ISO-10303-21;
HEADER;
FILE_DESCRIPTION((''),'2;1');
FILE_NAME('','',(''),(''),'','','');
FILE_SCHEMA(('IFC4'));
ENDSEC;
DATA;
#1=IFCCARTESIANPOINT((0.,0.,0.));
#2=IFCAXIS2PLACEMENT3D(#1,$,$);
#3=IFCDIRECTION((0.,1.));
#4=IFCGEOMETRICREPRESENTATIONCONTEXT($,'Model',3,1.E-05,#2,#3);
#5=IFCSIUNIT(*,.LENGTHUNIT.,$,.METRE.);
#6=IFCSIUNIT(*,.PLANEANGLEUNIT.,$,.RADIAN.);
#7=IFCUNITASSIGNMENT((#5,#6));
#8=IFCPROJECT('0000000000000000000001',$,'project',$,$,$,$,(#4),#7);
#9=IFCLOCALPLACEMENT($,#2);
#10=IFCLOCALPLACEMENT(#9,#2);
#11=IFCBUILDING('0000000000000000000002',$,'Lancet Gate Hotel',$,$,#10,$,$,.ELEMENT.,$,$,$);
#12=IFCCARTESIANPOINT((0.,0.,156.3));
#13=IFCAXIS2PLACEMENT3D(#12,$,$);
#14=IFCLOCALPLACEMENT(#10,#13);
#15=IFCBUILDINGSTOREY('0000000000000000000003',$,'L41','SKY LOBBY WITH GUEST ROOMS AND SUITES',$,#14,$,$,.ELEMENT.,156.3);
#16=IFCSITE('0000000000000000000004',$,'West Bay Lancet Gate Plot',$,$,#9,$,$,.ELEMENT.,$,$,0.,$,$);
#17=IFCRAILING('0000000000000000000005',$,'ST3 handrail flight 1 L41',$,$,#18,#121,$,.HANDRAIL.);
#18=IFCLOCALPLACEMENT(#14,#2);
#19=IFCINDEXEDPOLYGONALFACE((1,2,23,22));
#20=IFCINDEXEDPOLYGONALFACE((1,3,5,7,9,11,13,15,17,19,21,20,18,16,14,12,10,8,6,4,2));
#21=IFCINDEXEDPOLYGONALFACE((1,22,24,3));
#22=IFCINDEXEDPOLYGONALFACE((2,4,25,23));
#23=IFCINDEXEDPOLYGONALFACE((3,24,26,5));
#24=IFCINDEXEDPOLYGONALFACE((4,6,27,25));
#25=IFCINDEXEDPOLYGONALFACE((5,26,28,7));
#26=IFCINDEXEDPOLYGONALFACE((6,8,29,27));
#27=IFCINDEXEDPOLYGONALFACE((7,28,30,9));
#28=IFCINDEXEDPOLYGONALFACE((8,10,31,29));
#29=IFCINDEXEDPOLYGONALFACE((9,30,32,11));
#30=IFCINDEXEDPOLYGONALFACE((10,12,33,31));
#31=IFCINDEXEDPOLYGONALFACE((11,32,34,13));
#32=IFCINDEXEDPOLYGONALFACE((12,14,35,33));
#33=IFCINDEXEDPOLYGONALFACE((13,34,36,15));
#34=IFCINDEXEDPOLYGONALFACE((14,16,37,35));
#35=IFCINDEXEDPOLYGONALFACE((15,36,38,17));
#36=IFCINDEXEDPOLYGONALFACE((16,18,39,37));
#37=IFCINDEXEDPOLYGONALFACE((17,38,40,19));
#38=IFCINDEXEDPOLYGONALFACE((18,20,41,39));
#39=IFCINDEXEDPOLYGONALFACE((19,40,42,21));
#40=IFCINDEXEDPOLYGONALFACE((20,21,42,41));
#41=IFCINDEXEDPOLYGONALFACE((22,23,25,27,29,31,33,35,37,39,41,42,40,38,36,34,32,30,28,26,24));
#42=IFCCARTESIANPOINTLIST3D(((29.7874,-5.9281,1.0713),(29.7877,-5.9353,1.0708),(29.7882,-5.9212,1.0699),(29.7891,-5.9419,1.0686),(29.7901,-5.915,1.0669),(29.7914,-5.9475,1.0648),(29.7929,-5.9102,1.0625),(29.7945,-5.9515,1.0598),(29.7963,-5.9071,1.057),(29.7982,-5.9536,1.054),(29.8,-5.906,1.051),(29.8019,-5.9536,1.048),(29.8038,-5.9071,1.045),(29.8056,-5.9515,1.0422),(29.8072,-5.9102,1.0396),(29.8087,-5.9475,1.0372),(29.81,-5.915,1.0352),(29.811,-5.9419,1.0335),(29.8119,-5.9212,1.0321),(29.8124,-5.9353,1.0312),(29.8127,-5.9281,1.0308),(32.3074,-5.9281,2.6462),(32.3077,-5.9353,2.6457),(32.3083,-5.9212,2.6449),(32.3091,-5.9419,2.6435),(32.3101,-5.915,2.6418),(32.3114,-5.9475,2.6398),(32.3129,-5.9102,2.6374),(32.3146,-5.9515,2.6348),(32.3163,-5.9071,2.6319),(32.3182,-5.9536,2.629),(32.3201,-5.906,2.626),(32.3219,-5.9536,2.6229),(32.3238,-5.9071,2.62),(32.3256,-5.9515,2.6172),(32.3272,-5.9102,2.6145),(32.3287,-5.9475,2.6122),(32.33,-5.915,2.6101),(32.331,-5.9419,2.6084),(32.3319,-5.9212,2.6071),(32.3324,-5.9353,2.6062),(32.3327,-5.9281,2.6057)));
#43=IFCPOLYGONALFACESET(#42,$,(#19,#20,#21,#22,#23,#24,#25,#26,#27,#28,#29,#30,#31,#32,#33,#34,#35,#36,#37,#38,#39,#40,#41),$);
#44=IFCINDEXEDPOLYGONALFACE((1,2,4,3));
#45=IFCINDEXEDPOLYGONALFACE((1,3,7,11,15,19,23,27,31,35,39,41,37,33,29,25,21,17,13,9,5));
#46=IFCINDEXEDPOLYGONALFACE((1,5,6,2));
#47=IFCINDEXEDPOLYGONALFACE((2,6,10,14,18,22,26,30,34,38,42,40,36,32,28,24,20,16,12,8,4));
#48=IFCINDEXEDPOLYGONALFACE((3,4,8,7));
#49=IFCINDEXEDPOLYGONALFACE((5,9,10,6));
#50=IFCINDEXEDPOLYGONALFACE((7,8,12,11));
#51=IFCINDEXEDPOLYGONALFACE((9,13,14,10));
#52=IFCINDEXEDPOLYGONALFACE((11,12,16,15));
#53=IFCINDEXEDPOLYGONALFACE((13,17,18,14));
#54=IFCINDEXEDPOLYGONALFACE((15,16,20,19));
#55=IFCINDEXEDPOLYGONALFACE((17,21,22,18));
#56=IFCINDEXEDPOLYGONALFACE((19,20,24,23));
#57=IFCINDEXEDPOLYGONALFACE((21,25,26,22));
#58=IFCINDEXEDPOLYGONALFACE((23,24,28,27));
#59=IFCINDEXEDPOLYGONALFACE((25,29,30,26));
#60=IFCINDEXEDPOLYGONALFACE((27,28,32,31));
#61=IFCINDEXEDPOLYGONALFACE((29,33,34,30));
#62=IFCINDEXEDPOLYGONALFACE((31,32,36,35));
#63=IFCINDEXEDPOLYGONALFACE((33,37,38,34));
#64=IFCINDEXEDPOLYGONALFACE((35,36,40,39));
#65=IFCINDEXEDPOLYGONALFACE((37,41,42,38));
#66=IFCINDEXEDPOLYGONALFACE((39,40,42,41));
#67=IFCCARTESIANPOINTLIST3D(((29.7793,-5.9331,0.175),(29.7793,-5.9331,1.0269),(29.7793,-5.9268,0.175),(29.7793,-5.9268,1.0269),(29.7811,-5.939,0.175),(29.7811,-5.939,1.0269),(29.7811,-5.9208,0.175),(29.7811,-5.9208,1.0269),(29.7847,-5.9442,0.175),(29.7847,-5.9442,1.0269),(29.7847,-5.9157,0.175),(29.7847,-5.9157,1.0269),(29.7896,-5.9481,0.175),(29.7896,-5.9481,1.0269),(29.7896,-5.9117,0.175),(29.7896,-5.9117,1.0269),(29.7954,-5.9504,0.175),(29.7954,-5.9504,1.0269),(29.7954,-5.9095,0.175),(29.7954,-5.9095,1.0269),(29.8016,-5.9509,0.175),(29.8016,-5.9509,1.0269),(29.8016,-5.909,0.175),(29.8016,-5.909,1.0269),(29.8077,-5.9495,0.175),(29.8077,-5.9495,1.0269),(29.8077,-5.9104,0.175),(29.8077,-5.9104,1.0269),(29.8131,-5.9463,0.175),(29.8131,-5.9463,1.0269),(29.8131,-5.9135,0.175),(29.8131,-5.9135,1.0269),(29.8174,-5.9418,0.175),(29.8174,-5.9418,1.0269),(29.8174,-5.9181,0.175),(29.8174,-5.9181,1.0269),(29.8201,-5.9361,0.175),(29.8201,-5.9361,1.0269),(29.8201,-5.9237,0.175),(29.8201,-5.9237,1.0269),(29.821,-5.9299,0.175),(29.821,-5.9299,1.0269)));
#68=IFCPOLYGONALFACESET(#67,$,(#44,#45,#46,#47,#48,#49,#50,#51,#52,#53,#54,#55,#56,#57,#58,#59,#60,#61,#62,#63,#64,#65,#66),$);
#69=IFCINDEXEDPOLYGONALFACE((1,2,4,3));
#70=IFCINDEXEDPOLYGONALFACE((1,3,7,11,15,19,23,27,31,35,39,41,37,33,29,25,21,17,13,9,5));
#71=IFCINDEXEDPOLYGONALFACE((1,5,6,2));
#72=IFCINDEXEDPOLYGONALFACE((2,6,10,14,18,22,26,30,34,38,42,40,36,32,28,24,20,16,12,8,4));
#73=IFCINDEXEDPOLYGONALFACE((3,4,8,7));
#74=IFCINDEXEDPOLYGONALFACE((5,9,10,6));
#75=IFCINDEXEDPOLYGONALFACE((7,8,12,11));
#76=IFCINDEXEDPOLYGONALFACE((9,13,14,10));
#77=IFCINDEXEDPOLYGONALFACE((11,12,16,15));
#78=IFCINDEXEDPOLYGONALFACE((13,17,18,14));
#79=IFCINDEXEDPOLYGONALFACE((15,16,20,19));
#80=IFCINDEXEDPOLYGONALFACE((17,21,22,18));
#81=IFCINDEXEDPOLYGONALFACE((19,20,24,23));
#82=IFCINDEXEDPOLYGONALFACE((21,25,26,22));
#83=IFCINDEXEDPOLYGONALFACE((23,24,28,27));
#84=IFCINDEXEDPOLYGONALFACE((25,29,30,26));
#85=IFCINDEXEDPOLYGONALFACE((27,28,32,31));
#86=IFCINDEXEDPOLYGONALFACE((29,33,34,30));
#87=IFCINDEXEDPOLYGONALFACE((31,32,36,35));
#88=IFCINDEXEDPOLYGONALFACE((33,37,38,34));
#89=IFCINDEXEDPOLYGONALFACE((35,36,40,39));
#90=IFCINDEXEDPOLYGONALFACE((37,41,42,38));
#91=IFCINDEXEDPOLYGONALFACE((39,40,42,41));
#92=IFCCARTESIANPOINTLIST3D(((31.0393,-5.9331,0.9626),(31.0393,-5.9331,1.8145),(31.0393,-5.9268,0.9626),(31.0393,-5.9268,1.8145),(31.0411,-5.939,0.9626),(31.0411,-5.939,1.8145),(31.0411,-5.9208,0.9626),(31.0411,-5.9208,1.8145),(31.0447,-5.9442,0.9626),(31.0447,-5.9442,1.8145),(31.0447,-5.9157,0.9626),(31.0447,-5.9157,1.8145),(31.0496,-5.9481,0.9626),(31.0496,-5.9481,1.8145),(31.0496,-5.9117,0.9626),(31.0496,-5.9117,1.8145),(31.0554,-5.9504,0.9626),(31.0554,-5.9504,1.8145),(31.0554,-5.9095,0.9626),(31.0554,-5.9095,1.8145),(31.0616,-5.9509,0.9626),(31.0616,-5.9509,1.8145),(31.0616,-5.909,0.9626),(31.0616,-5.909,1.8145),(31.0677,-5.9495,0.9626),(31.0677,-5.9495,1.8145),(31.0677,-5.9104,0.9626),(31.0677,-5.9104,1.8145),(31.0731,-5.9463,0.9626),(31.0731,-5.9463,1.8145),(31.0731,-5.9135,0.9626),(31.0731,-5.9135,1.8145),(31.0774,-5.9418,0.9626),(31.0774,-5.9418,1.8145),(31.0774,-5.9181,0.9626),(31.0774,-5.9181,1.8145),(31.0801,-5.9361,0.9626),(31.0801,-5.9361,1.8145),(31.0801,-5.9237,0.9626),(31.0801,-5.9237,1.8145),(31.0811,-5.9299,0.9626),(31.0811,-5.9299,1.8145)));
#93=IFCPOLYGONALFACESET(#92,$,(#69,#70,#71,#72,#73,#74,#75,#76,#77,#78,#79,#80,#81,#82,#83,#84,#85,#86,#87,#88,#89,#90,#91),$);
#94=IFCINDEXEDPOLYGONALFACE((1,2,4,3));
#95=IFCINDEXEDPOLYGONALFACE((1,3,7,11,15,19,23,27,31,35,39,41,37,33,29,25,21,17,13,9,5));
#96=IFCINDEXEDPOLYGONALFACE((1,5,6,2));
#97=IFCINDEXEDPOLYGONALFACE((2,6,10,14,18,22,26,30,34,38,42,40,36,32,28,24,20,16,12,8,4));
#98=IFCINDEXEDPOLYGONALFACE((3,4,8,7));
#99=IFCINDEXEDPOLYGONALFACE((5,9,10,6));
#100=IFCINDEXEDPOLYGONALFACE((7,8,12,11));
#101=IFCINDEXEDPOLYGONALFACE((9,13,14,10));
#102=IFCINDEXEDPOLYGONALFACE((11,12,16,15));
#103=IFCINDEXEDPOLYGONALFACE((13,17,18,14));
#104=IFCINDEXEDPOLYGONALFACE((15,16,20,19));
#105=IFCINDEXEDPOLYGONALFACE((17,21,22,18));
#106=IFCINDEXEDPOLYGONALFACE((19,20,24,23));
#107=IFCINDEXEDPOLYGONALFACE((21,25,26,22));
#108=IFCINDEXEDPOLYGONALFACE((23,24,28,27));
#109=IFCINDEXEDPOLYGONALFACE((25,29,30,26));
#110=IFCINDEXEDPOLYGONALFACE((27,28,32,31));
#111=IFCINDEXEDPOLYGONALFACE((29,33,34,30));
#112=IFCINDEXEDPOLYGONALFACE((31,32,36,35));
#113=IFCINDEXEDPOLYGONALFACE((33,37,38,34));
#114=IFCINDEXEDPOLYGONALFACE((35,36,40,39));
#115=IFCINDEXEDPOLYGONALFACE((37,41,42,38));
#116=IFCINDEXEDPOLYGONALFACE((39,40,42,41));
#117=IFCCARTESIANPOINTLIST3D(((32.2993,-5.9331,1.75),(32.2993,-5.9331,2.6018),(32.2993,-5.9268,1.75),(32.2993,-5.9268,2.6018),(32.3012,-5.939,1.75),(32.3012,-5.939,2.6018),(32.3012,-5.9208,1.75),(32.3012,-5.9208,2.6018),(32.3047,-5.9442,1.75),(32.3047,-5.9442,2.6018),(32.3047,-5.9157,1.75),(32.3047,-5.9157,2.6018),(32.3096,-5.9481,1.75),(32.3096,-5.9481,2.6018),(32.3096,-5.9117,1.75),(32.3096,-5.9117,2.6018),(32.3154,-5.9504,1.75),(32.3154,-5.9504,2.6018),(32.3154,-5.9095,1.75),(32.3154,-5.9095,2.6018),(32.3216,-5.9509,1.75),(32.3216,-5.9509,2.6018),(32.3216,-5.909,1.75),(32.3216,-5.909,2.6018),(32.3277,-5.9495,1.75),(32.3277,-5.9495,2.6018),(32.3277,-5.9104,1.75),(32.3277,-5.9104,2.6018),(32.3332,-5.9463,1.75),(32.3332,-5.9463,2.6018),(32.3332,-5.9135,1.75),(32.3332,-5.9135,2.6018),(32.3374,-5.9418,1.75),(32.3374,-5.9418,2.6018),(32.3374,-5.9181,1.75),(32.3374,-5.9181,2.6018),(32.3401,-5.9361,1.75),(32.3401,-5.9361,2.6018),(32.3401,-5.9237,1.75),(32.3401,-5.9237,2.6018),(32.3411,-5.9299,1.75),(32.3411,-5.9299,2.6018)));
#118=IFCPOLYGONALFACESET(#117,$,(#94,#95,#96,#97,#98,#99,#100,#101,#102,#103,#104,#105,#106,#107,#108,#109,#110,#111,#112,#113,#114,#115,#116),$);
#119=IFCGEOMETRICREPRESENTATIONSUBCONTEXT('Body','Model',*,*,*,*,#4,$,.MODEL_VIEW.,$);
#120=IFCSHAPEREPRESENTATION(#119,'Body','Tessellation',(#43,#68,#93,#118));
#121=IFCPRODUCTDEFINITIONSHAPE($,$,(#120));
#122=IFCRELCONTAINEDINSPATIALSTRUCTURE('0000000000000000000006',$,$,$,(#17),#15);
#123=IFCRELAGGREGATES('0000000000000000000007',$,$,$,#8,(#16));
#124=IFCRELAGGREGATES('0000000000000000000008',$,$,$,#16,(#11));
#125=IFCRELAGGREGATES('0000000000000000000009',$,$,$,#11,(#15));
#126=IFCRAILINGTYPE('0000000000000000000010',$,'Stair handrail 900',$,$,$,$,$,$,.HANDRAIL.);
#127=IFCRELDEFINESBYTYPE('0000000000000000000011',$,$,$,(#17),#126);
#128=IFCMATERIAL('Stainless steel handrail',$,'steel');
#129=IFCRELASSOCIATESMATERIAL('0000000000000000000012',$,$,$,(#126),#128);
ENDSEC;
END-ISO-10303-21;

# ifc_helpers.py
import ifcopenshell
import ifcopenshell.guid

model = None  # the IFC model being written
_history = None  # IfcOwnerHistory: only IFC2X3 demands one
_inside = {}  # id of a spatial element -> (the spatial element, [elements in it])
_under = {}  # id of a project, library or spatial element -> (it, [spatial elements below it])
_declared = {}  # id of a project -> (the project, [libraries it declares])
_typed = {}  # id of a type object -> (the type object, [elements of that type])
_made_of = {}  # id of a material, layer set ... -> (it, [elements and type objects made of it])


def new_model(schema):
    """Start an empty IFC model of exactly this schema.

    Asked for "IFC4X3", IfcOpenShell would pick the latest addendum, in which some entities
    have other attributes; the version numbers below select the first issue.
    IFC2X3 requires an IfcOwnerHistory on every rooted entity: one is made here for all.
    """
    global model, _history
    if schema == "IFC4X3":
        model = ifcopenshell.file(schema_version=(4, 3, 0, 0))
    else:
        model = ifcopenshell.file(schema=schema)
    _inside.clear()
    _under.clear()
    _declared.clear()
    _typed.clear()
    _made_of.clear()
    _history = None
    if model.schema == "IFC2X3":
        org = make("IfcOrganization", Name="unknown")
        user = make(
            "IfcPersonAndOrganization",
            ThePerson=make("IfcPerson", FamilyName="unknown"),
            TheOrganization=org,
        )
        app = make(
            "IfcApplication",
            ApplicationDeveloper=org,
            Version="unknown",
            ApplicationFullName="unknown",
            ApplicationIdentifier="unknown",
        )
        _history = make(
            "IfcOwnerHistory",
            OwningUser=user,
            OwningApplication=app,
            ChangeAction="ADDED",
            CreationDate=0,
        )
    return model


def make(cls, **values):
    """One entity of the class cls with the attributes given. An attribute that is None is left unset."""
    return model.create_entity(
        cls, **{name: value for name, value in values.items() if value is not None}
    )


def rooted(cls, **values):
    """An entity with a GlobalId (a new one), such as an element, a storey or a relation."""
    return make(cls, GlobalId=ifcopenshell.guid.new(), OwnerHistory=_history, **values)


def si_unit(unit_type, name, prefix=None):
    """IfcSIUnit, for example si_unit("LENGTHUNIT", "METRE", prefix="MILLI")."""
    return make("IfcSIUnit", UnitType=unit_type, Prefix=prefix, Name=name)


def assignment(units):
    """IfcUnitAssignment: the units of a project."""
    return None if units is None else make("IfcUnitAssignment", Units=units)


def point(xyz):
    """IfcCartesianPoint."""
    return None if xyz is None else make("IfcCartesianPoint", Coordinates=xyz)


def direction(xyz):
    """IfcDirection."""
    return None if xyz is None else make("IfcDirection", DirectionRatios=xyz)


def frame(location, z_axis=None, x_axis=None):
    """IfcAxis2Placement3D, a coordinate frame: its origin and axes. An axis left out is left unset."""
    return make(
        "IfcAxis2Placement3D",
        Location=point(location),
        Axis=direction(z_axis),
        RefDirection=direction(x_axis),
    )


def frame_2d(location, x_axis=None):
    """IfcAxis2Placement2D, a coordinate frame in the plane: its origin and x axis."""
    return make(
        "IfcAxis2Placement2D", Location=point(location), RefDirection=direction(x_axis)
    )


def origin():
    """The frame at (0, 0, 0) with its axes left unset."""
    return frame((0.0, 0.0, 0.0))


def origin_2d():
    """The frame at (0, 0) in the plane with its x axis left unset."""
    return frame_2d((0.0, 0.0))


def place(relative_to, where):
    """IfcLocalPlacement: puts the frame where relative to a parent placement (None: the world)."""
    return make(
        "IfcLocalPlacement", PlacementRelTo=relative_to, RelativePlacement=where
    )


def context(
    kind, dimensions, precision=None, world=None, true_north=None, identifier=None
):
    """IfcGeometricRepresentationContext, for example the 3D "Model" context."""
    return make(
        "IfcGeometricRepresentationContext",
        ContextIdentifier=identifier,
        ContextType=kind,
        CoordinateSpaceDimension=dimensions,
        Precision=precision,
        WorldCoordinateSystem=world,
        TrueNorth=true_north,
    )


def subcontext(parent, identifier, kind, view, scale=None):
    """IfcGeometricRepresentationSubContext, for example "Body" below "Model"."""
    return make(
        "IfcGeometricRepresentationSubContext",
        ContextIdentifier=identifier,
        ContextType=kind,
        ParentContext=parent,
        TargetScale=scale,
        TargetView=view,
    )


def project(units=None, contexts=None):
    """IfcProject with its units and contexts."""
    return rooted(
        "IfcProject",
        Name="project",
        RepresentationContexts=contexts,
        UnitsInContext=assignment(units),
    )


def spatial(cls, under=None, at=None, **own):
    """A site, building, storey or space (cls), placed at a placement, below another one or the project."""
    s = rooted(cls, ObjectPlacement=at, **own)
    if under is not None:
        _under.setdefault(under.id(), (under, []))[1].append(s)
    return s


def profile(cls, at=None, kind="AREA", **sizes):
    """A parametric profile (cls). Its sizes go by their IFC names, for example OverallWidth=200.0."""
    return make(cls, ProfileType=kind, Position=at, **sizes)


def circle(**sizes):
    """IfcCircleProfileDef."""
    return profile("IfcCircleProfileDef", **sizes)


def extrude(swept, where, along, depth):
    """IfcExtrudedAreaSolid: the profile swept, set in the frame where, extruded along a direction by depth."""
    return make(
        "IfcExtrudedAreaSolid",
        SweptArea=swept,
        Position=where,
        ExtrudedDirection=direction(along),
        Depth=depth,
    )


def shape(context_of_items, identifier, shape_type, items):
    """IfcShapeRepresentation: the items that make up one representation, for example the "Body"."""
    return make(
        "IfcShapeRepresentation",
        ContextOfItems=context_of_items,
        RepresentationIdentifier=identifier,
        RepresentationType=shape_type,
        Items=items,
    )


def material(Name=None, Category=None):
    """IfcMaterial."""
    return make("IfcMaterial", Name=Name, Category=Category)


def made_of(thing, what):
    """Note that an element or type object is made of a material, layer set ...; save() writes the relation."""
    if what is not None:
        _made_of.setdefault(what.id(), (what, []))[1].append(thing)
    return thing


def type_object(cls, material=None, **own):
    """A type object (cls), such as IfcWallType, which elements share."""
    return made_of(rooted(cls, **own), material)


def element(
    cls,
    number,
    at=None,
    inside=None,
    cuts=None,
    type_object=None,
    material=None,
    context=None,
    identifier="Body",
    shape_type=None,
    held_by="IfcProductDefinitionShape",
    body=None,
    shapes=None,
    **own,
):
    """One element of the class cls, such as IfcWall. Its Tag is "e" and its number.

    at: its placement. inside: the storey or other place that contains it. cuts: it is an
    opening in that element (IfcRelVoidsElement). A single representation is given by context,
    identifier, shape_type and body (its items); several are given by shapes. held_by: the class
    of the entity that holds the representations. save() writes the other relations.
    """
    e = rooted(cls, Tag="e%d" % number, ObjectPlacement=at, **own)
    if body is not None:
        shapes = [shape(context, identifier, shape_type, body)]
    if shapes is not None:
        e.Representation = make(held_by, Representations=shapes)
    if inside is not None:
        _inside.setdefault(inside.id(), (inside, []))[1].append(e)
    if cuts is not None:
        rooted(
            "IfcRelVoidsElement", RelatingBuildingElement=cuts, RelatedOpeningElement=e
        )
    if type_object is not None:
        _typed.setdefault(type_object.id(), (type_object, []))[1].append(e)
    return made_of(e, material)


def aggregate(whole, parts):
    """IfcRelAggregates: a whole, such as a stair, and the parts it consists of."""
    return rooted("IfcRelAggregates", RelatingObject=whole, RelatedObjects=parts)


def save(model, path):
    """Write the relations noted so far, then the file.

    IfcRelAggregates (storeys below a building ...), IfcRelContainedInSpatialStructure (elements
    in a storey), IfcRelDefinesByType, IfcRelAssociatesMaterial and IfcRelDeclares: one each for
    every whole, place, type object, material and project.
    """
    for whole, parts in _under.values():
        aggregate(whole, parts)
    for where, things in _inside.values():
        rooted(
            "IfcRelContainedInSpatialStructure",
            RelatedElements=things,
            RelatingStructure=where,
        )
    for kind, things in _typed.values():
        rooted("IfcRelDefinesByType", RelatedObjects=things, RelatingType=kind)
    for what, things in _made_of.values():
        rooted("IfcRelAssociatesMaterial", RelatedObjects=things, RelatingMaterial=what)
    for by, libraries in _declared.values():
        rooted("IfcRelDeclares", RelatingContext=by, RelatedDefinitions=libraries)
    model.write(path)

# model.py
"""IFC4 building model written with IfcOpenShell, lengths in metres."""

from ifc_helpers import new_model, si_unit, direction, frame, origin, origin_2d, place, context, subcontext, project, spatial, circle, extrude, material, type_object, element, save


model = new_model("IFC4")

# Units and contexts
model_context = context("Model", 3, precision=1e-05, world=origin(), true_north=direction((0.0, 1.0)))
body_context = subcontext(model_context, "Body", "Model", "MODEL_VIEW")
ifc_project = project(units=[si_unit("LENGTHUNIT", "METRE"), si_unit("PLANEANGLEUNIT", "RADIAN")], contexts=[model_context])

# Site, building, storey
site_placement = place(None, origin())
site = spatial("IfcSite", under=ifc_project, at=site_placement, Name="West Bay Lancet Gate Plot", CompositionType="ELEMENT", RefElevation=0.0)
building_placement = place(site_placement, origin())
building = spatial("IfcBuilding", under=site, at=building_placement, Name="Lancet Gate Hotel", CompositionType="ELEMENT")
storey_placement = place(building_placement, frame((0.0, 0.0, 156.3)))
storey = spatial("IfcBuildingStorey", under=building, at=storey_placement, Name="L41", Description="SKY LOBBY WITH GUEST ROOMS AND SUITES", CompositionType="ELEMENT", Elevation=156.3)

# Railing
ifc_material_1 = material(Name="Stainless steel handrail", Category="steel")
railing_type = type_object("IfcRailingType", Name="Stair handrail 900", PredefinedType="HANDRAIL", material=ifc_material_1)
railing_1_placement = place(storey_placement, frame((29.8, -5.9299, 0.175)))
element("IfcRailing", 1, at=railing_1_placement, inside=storey, type_object=railing_type, Name="ST3 handrail flight 1 L41", PredefinedType="HANDRAIL", context=body_context, shape_type="SweptSolid", body=[
    extrude(circle(Radius=0.0239, at=origin_2d()), frame((0.0, 0.0, 0.876), z_axis=(0.848008, 0.0, 0.529984), x_axis=(0.0, 1.0, 0.0)), (0.0, 0.0, 1.0), 2.9717),
    extrude(circle(Radius=0.021, at=origin_2d()), origin(), (0.0, 0.0, 1.0), 0.8518),
    extrude(circle(Radius=0.021, at=origin_2d()), frame((1.26, 0.0, 0.7876)), (0.0, 0.0, 1.0), 0.8518),
    extrude(circle(Radius=0.021, at=origin_2d()), frame((2.52, 0.0, 1.575)), (0.0, 0.0, 1.0), 0.8518),
])

save(model, "model.ifc")
